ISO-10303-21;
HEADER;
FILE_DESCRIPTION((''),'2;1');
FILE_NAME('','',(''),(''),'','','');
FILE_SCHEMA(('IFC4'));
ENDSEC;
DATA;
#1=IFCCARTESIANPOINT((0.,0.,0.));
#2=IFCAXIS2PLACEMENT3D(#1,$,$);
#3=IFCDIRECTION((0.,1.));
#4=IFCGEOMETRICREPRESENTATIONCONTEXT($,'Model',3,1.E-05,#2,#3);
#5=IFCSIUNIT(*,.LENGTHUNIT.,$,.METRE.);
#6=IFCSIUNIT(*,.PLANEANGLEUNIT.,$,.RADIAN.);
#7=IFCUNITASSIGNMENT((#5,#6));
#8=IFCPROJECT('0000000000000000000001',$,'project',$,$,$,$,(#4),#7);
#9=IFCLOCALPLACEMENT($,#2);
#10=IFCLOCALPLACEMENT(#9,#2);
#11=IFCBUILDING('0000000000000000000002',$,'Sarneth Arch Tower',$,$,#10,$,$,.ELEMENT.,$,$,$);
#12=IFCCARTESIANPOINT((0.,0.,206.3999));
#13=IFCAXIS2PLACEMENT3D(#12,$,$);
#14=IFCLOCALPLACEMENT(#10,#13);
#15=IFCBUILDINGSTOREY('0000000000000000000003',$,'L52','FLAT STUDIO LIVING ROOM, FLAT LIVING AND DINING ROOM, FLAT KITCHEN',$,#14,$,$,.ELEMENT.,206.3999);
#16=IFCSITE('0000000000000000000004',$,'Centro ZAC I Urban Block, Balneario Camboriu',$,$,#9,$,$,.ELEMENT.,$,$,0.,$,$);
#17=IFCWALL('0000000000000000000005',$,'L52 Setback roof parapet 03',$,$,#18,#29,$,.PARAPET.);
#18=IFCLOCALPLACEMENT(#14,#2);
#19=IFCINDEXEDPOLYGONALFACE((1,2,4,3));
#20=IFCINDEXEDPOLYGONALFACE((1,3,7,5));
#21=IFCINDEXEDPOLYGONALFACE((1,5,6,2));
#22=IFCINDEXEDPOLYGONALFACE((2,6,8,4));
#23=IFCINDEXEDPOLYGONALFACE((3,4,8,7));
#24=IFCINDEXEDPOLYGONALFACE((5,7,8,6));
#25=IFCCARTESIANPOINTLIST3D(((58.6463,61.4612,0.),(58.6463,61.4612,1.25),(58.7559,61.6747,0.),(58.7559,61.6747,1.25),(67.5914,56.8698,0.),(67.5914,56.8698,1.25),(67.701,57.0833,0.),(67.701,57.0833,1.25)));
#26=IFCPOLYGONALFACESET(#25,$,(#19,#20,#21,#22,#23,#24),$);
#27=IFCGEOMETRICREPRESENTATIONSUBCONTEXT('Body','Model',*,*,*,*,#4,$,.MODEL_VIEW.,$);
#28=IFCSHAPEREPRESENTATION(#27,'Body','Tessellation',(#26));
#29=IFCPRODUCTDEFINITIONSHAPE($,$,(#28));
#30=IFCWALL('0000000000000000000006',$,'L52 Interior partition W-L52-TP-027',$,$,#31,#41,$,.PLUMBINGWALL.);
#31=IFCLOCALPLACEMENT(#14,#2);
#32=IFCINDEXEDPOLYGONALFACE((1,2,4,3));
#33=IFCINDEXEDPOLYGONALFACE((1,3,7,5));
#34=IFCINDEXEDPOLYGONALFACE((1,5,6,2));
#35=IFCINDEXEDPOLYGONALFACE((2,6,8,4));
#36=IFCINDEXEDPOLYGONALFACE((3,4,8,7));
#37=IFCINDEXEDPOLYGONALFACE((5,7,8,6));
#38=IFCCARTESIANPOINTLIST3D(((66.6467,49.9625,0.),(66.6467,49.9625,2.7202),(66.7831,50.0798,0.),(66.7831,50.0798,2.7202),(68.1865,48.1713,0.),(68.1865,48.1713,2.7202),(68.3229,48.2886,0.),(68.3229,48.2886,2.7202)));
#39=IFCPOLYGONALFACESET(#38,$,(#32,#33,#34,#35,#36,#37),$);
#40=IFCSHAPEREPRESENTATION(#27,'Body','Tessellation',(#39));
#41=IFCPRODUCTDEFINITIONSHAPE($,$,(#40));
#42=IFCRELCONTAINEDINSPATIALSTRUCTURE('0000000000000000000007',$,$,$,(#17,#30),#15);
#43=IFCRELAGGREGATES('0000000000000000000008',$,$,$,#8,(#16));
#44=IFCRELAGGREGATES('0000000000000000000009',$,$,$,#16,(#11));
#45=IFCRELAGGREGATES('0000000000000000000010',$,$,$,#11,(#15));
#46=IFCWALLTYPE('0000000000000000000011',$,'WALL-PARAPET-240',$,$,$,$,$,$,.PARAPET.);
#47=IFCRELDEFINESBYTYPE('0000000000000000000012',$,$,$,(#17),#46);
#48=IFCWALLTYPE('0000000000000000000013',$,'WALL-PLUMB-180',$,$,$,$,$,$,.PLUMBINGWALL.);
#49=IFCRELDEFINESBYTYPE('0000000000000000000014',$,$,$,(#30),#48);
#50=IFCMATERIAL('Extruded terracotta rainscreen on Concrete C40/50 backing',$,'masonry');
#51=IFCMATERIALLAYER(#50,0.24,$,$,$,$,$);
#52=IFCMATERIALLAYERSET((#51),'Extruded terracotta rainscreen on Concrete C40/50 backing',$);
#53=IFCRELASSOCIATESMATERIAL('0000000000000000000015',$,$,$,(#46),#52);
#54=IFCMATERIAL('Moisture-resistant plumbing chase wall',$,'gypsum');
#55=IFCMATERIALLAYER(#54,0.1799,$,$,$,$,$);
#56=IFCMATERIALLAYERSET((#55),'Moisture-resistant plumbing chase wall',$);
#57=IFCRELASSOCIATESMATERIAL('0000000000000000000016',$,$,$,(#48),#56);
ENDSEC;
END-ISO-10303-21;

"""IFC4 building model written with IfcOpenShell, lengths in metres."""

from ifc_helpers import new_model, si_unit, direction, frame, frame_2d, origin, place, context, subcontext, project, spatial, rectangle, extrude, material, layer, layer_set, type_object, element, save


model = new_model("IFC4")

# Units and contexts
model_context = context("Model", 3, precision=1e-05, world=origin(), true_north=direction((0.0, 1.0)))
body_context = subcontext(model_context, "Body", "Model", "MODEL_VIEW")
ifc_project = project(units=[si_unit("LENGTHUNIT", "METRE"), si_unit("PLANEANGLEUNIT", "RADIAN")], contexts=[model_context])

# Site, building, storey
site_placement = place(None, origin())
site = spatial("IfcSite", under=ifc_project, at=site_placement, Name="Centro ZAC I Urban Block, Balneario Camboriu", CompositionType="ELEMENT", RefElevation=0.0)
building_placement = place(site_placement, origin())
building = spatial("IfcBuilding", under=site, at=building_placement, Name="Sarneth Arch Tower", CompositionType="ELEMENT")
storey_placement = place(building_placement, frame((0.0, 0.0, 206.3999)))
storey = spatial("IfcBuildingStorey", under=building, at=storey_placement, Name="L52", Description="FLAT STUDIO LIVING ROOM, FLAT LIVING AND DINING ROOM, FLAT KITCHEN", CompositionType="ELEMENT", Elevation=206.3999)

# Walls
ifc_material_1 = material(Name="Extruded terracotta rainscreen on Concrete C40/50 backing", Category="masonry")
ifc_layer_1 = layer(ifc_material_1, 0.24)
ifc_layer_set_1 = layer_set([ifc_layer_1], Name="Extruded terracotta rainscreen on Concrete C40/50 backing")
wall_type_1 = type_object("IfcWallType", Name="WALL-PARAPET-240", PredefinedType="PARAPET", material=ifc_layer_set_1)
wall_1_placement = place(storey_placement, frame((67.6462, 56.9766, 0.0), z_axis=(0.0, 0.0, 1.0), x_axis=(-0.889652, 0.456639, 0.0)))
element("IfcWall", 1, at=wall_1_placement, inside=storey, type_object=wall_type_1, Name="L52 Setback roof parapet 03", PredefinedType="PARAPET", context=body_context, shape_type="SweptSolid", body=[
    extrude(rectangle(XDim=10.0547, YDim=0.24, at=frame_2d((5.0273, 0.0))), origin(), (0.0, 0.0, 1.0), 1.25),
])
ifc_material_2 = material(Name="Moisture-resistant plumbing chase wall", Category="gypsum")
ifc_layer_2 = layer(ifc_material_2, 0.1799)
ifc_layer_set_2 = layer_set([ifc_layer_2], Name="Moisture-resistant plumbing chase wall")
wall_type_2 = type_object("IfcWallType", Name="WALL-PLUMB-180", PredefinedType="PLUMBINGWALL", material=ifc_layer_set_2)
wall_2_placement = place(storey_placement, frame((66.7148, 50.0212, 0.0), z_axis=(0.0, 0.0, 1.0), x_axis=(0.651872, -0.758329, 0.0)))
element("IfcWall", 2, at=wall_2_placement, inside=storey, type_object=wall_type_2, Name="L52 Interior partition W-L52-TP-027", PredefinedType="PLUMBINGWALL", context=body_context, shape_type="SweptSolid", body=[
    extrude(rectangle(XDim=2.3621, YDim=0.1799, at=frame_2d((1.1812, 0.0))), origin(), (0.0, 0.0, 1.0), 2.7202),
])

save(model, "model.ifc")
